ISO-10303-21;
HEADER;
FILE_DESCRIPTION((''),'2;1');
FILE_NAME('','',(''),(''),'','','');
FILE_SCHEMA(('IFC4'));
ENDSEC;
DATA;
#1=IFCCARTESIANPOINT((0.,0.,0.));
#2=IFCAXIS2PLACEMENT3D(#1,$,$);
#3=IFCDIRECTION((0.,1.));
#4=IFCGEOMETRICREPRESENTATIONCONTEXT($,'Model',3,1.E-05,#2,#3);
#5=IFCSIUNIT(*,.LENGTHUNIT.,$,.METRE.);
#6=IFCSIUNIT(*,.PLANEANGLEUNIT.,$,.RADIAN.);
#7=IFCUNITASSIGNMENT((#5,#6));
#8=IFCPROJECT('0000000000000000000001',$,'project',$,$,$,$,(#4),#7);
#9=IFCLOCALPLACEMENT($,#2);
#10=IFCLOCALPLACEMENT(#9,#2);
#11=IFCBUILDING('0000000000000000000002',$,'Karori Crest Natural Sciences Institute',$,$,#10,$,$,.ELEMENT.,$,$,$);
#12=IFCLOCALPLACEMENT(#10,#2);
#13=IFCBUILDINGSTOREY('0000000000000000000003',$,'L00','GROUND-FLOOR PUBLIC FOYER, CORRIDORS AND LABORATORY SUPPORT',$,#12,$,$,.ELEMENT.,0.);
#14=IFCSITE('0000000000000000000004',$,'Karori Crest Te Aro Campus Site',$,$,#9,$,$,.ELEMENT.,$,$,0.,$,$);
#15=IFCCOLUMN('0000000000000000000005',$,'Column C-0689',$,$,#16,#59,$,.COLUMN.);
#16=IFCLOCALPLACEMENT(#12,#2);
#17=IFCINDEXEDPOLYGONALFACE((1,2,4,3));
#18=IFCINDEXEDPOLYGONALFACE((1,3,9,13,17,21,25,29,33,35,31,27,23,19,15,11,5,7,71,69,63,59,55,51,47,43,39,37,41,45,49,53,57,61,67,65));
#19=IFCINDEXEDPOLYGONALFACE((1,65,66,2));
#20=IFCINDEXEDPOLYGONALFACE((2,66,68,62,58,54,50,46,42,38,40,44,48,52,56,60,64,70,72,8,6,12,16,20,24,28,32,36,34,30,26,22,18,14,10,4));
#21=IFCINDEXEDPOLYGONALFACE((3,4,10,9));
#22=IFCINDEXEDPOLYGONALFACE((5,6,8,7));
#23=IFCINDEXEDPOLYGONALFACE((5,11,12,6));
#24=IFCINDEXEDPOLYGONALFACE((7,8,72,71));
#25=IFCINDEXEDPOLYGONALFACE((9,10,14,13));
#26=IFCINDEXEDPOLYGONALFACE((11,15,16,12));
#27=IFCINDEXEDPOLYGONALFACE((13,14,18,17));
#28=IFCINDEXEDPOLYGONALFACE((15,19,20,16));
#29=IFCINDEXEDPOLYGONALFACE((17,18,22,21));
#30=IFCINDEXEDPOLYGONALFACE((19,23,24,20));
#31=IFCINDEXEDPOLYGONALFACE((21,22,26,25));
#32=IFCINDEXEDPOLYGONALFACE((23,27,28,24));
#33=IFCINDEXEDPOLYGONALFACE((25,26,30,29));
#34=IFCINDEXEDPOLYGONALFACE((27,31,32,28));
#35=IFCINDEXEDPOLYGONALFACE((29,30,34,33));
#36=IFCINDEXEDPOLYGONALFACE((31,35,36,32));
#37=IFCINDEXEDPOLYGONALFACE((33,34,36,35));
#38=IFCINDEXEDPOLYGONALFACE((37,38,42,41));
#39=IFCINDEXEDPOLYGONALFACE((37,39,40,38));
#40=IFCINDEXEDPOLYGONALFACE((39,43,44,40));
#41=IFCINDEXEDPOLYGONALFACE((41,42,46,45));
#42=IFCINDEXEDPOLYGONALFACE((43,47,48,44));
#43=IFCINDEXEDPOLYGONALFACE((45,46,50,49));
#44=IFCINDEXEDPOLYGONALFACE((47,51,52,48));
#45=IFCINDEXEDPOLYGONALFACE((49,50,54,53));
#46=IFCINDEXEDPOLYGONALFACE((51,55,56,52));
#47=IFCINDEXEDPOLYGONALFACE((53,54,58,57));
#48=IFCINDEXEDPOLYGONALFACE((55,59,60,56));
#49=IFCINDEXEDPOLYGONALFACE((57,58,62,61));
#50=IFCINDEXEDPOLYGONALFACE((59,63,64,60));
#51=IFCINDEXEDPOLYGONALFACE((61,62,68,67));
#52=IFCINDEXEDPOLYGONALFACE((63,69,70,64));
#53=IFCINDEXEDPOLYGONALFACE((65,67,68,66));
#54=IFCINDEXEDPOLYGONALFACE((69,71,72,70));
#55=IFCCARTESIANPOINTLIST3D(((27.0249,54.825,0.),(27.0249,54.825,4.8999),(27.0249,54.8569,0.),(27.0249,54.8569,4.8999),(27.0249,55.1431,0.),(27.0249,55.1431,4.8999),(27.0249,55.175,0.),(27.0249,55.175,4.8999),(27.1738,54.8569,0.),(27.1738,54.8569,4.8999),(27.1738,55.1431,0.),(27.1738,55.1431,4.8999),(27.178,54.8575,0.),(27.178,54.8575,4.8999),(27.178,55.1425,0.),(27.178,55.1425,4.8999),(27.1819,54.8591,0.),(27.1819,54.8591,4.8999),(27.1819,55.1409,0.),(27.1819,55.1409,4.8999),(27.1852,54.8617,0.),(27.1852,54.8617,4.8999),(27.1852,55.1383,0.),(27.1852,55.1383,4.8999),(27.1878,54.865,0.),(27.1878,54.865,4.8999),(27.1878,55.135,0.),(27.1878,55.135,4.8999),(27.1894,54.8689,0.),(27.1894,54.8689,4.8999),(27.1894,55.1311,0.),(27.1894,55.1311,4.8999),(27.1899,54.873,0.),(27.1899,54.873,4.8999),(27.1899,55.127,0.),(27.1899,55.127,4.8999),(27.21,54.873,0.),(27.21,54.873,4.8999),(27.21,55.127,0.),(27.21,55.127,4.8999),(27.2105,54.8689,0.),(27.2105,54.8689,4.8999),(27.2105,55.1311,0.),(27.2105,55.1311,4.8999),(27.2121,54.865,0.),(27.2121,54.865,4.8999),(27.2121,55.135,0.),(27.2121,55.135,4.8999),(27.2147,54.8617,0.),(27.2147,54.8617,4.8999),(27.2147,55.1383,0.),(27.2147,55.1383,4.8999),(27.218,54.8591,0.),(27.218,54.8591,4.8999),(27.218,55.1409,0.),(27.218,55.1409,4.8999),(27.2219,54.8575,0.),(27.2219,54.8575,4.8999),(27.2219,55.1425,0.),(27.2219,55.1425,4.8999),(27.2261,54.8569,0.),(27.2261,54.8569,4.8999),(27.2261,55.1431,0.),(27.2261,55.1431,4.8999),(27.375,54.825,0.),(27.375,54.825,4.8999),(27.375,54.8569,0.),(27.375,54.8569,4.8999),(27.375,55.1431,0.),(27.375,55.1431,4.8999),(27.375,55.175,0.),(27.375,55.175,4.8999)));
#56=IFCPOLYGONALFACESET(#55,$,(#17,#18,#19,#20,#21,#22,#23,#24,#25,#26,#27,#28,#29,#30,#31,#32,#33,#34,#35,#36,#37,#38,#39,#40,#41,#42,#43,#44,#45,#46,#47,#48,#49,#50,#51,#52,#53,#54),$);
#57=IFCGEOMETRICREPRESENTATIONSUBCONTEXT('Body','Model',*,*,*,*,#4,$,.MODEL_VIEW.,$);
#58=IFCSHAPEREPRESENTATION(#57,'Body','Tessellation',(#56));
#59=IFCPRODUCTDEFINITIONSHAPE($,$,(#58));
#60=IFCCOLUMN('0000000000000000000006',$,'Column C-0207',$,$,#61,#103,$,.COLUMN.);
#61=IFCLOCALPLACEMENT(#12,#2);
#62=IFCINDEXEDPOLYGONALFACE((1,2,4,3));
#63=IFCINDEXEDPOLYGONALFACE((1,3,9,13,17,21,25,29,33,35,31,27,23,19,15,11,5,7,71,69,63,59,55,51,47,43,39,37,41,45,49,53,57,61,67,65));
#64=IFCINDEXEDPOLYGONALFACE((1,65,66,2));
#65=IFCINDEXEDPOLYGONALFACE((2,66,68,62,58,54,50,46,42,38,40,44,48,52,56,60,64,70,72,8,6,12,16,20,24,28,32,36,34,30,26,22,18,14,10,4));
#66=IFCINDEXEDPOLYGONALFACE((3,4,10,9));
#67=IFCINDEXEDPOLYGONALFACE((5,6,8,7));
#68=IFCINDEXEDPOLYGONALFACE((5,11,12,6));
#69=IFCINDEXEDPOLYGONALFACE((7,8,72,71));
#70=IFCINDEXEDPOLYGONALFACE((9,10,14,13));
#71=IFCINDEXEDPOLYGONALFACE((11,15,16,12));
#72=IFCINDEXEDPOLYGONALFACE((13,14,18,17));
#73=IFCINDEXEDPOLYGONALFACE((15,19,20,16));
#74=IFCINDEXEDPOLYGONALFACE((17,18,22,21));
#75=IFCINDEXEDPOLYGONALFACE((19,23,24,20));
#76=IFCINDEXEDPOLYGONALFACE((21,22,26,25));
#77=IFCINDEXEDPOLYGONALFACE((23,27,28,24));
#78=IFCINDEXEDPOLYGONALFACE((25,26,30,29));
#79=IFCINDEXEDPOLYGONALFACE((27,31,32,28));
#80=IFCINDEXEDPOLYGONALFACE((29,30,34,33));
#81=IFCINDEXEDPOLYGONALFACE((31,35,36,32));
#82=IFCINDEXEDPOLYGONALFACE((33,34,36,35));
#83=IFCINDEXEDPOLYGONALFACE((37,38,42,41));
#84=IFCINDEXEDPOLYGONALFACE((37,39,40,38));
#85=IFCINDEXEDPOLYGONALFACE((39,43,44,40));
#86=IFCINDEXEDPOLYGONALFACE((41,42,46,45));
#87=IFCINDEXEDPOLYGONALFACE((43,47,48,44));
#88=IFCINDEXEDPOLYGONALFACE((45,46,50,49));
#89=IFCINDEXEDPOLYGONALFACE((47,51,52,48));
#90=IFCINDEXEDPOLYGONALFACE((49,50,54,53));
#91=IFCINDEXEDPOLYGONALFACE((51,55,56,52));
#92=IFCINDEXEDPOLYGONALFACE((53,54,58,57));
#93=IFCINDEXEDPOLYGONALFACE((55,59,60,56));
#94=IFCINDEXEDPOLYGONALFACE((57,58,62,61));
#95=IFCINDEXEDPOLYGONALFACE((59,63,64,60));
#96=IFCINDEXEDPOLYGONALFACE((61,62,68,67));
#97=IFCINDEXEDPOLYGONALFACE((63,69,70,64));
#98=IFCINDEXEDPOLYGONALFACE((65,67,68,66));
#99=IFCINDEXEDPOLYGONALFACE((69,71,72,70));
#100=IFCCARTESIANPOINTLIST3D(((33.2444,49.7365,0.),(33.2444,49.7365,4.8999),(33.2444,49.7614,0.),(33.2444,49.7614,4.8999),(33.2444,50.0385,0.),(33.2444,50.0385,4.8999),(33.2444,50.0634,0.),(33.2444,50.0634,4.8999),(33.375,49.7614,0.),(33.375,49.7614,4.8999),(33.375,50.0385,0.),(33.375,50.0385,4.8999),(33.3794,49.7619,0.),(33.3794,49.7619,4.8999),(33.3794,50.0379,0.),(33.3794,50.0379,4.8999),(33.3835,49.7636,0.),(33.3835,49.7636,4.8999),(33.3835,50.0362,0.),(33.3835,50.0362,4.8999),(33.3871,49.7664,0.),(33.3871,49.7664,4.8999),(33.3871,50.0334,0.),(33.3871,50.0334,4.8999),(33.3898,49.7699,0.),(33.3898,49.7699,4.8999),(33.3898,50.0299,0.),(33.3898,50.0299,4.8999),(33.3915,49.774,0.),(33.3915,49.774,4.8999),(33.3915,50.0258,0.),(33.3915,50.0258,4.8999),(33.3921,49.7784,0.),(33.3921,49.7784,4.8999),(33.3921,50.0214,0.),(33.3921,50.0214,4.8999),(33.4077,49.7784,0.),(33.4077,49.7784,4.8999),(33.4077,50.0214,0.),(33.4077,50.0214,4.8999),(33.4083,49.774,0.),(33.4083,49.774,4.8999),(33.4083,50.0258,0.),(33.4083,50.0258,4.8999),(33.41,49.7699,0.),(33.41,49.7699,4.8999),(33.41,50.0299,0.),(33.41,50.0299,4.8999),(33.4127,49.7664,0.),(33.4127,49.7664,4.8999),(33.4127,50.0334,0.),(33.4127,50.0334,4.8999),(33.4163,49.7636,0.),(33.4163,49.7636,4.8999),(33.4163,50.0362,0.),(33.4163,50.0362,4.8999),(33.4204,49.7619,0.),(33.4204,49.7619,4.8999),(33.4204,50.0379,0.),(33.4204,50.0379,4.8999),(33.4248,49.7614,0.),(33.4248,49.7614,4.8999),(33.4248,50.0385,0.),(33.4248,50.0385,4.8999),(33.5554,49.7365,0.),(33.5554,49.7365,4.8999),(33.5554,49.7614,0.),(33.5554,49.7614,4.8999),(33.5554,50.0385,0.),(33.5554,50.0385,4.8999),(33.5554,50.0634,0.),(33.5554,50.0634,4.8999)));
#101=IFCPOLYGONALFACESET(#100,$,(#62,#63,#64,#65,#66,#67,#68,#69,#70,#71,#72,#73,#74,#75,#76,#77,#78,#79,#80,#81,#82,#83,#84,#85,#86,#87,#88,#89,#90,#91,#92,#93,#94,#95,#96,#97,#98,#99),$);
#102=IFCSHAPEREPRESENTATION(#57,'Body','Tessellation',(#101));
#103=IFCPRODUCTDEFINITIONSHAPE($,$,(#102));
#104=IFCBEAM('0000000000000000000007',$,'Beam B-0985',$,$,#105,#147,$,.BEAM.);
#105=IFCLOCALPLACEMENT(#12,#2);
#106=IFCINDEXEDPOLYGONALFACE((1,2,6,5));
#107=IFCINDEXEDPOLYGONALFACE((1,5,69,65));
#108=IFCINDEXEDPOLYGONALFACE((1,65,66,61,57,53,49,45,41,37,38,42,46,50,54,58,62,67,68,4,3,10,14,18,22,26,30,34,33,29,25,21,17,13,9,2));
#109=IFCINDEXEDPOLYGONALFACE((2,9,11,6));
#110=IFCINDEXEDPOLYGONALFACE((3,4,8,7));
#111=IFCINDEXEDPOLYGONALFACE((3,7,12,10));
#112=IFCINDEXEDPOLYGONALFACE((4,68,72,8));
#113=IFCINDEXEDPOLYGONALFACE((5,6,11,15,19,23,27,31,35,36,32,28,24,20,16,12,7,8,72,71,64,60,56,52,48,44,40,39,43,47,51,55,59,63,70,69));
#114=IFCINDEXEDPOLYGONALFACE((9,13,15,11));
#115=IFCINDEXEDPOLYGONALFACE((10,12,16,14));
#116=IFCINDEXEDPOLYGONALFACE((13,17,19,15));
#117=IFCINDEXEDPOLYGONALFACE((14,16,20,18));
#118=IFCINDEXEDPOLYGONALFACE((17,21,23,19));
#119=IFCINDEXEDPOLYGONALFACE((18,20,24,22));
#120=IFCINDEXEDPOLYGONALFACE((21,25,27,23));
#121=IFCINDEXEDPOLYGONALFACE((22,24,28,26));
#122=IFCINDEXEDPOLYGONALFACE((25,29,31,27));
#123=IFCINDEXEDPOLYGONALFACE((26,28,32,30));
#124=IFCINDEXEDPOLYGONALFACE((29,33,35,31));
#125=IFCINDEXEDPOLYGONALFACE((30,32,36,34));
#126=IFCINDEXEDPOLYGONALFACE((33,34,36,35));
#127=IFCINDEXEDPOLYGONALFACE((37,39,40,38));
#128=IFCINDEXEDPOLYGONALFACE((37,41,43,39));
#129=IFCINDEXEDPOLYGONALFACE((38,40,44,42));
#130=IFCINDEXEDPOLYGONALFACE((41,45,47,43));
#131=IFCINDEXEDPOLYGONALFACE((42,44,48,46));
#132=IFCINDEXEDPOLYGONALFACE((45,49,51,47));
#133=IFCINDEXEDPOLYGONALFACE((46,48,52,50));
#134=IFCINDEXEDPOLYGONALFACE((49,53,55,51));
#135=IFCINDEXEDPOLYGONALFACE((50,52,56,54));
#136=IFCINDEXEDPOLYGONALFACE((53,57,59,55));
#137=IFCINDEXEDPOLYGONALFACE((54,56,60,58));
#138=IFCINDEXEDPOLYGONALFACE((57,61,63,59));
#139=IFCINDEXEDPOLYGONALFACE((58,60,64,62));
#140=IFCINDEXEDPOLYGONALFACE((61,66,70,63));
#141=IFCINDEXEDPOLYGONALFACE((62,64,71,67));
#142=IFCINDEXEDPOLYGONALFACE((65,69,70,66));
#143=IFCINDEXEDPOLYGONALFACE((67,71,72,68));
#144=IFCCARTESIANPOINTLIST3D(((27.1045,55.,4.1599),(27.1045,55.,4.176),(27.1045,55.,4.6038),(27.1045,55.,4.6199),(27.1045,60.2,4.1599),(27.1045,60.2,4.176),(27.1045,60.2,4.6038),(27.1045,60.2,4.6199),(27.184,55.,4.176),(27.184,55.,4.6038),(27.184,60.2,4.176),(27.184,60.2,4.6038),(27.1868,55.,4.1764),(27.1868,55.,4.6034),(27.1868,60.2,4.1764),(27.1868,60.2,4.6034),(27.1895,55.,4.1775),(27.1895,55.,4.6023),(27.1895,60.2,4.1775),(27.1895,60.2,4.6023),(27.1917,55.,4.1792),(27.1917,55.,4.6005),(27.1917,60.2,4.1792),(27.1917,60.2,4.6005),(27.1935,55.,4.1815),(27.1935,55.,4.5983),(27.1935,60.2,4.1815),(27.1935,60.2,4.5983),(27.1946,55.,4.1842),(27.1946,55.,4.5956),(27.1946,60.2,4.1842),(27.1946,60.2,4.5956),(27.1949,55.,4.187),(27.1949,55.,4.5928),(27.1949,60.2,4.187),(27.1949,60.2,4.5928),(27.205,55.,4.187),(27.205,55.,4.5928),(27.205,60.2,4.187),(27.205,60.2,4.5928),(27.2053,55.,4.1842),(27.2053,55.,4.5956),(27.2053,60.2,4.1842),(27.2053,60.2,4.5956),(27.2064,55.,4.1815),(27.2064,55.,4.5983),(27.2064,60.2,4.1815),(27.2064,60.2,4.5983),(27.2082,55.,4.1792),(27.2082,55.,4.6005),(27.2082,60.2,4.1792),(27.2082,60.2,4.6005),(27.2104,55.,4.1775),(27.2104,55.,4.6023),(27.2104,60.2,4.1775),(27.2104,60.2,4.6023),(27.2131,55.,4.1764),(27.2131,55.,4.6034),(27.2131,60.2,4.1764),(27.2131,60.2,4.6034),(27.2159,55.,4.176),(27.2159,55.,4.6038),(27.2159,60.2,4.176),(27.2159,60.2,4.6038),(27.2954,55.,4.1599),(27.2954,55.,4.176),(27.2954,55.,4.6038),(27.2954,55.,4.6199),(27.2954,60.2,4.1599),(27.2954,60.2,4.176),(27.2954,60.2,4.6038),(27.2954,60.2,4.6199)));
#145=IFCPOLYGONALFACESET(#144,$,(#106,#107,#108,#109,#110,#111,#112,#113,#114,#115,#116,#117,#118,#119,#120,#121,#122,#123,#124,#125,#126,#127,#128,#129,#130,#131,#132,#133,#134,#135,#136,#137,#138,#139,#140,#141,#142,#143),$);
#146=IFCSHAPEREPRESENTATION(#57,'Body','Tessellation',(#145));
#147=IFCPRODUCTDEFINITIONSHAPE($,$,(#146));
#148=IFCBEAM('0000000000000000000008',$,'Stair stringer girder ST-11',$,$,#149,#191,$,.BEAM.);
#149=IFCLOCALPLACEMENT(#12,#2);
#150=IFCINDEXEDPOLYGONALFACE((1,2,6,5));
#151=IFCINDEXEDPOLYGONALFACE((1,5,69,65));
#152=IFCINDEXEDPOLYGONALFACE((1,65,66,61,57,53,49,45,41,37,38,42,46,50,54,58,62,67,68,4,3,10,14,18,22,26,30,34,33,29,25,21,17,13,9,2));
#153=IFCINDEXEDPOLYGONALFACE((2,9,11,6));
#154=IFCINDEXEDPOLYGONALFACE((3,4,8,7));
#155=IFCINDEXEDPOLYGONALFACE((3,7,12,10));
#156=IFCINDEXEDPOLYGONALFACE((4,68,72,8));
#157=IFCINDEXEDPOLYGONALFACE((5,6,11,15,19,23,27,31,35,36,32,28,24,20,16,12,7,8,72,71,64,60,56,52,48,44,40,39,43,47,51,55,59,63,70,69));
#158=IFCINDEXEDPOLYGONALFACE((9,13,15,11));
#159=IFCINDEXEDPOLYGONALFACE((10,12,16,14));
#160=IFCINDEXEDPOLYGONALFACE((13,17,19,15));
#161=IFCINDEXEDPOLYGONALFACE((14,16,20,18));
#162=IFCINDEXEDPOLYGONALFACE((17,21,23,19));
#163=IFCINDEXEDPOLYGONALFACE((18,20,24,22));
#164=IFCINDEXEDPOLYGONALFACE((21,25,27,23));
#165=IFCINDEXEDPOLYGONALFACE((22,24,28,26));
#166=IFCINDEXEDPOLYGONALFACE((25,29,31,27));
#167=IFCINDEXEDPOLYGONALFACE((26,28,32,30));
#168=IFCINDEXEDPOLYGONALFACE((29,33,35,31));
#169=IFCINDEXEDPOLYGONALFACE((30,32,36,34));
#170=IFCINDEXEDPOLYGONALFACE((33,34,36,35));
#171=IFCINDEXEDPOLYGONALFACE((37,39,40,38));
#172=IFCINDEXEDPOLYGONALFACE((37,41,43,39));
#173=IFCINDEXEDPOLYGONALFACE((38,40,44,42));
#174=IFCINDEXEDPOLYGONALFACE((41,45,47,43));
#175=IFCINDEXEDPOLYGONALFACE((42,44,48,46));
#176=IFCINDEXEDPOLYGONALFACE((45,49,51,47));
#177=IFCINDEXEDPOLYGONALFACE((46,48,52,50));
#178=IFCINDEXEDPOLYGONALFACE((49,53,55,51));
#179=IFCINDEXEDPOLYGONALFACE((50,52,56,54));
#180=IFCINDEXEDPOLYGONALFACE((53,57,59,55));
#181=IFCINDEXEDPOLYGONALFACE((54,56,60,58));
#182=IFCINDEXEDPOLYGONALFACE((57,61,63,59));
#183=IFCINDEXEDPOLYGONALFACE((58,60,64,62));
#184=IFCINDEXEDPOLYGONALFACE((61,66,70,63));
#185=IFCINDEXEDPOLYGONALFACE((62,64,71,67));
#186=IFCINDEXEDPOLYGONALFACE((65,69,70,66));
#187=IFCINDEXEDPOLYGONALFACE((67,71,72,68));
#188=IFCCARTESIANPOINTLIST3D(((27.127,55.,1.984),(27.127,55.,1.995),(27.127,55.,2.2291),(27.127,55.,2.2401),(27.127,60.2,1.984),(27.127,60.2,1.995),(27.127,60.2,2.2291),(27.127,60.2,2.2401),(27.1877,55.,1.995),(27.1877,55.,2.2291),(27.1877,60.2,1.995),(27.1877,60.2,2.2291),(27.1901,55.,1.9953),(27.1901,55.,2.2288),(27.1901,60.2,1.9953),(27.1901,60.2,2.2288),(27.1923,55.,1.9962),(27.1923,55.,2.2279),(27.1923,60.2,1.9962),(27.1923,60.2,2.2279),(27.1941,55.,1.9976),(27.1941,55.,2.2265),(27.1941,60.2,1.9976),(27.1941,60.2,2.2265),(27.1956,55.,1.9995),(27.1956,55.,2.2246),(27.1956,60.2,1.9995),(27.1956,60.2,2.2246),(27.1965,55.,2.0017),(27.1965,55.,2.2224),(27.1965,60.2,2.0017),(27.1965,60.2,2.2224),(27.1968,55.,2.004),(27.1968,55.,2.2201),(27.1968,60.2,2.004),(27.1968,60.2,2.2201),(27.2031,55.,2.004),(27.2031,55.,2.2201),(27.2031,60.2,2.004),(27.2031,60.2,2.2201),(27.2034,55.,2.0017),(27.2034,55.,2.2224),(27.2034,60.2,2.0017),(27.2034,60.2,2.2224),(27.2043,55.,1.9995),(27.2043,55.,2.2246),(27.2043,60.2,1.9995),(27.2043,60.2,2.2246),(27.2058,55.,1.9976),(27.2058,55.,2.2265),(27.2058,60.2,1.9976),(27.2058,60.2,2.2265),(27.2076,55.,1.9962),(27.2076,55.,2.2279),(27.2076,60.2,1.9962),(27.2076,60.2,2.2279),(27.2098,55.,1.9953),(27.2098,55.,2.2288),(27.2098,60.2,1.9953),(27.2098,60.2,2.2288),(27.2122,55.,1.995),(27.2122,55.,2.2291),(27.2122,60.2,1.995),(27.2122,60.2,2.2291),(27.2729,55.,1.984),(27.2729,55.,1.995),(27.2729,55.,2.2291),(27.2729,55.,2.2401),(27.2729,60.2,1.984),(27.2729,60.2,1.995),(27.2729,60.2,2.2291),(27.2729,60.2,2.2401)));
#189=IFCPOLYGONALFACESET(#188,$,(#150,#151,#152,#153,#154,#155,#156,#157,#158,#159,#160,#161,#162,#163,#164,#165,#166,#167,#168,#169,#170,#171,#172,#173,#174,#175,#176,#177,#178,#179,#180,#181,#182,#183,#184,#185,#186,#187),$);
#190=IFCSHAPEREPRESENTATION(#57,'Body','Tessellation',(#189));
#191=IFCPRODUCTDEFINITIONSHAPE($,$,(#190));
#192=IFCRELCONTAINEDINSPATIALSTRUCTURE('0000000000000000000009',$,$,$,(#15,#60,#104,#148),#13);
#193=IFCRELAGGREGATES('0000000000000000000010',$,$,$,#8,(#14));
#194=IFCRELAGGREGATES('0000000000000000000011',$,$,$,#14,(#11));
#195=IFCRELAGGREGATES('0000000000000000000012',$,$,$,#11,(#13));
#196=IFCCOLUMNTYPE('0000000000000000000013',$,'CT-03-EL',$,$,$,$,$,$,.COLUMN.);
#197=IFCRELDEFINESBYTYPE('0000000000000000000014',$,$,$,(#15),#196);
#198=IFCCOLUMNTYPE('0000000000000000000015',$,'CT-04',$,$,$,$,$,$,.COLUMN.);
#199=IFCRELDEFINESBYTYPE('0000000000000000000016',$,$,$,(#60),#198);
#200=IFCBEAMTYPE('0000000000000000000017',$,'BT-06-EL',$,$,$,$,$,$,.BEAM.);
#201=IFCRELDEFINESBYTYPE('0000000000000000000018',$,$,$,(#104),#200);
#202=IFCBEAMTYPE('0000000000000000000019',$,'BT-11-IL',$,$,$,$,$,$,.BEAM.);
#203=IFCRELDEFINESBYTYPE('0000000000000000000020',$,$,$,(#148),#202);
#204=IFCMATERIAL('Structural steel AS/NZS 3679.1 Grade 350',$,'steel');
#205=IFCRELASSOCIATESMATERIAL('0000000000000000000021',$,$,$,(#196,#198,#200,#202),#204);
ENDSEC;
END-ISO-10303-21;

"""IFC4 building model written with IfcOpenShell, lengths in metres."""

from ifc_helpers import new_model, si_unit, direction, frame, origin, origin_2d, place, context, subcontext, project, spatial, i_section, extrude, material, material_profile, profile_set, type_object, element, save


model = new_model("IFC4")

# Units and contexts
model_context = context("Model", 3, precision=1e-05, world=origin(), true_north=direction((0.0, 1.0)))
body_context = subcontext(model_context, "Body", "Model", "MODEL_VIEW")
ifc_project = project(units=[si_unit("LENGTHUNIT", "METRE"), si_unit("PLANEANGLEUNIT", "RADIAN")], contexts=[model_context])

# Site, building, storey
site_placement = place(None, origin())
site = spatial("IfcSite", under=ifc_project, at=site_placement, Name="Karori Crest Te Aro Campus Site", CompositionType="ELEMENT", RefElevation=0.0)
building_placement = place(site_placement, origin())
building = spatial("IfcBuilding", under=site, at=building_placement, Name="Karori Crest Natural Sciences Institute", CompositionType="ELEMENT")
storey_placement = place(building_placement, origin())
storey = spatial("IfcBuildingStorey", under=building, at=storey_placement, Name="L00", Description="GROUND-FLOOR PUBLIC FOYER, CORRIDORS AND LABORATORY SUPPORT", CompositionType="ELEMENT", Elevation=0.0)

# Columns
ifc_material_1 = material(Name="Structural steel AS/NZS 3679.1 Grade 350", Category="steel")
ifc_material_profile_1 = material_profile(ifc_material_1, i_section(OverallWidth=0.3501, OverallDepth=0.3501, WebThickness=0.02, FlangeThickness=0.032, FilletRadius=0.0161, at=origin_2d()), Name="350WC280")
ifc_profile_set_1 = profile_set([ifc_material_profile_1], Name="Structural steel AS/NZS 3679.1 Grade 350")
column_type_1 = type_object("IfcColumnType", Name="CT-03-EL", PredefinedType="COLUMN", material=ifc_profile_set_1)
column_1_placement = place(storey_placement, frame((27.2, 55.0, 0.0), z_axis=(0.0, 0.0, 1.0), x_axis=(1.0, 0.0, 0.0)))
element("IfcColumn", 1, at=column_1_placement, inside=storey, type_object=column_type_1, Name="Column C-0689", PredefinedType="COLUMN", context=body_context, shape_type="SweptSolid", body=[
    extrude(i_section(OverallWidth=0.3501, OverallDepth=0.3501, WebThickness=0.02, FlangeThickness=0.032, FilletRadius=0.0161, at=origin_2d()), origin(), (0.0, 0.0, 1.0), 4.8999),
])
ifc_material_profile_2 = material_profile(ifc_material_1, i_section(OverallWidth=0.311, OverallDepth=0.3269, WebThickness=0.0156, FlangeThickness=0.0249, FilletRadius=0.0171, at=origin_2d()), Name="310UC158")
ifc_profile_set_2 = profile_set([ifc_material_profile_2], Name="Structural steel AS/NZS 3679.1 Grade 350")
column_type_2 = type_object("IfcColumnType", Name="CT-04", PredefinedType="COLUMN", material=ifc_profile_set_2)
column_2_placement = place(storey_placement, frame((33.3999, 49.8999, 0.0), z_axis=(0.0, 0.0, 1.0), x_axis=(1.0, 0.0, 0.0)))
element("IfcColumn", 2, at=column_2_placement, inside=storey, type_object=column_type_2, Name="Column C-0207", PredefinedType="COLUMN", context=body_context, shape_type="SweptSolid", body=[
    extrude(i_section(OverallWidth=0.311, OverallDepth=0.3269, WebThickness=0.0156, FlangeThickness=0.0249, FilletRadius=0.0171, at=origin_2d()), origin(), (0.0, 0.0, 1.0), 4.8999),
])

# Beams
ifc_material_profile_3 = material_profile(ifc_material_1, i_section(OverallWidth=0.1909, OverallDepth=0.46, WebThickness=0.01, FlangeThickness=0.0161, FilletRadius=0.011, at=origin_2d()), Name="460UB82.1")
ifc_profile_set_3 = profile_set([ifc_material_profile_3], Name="Structural steel AS/NZS 3679.1 Grade 350")
beam_type_1 = type_object("IfcBeamType", Name="BT-06-EL", PredefinedType="BEAM", material=ifc_profile_set_3)
beam_1_placement = place(storey_placement, frame((27.2, 55.0, 4.3899), z_axis=(0.0, 1.0, 0.0), x_axis=(-1.0, 0.0, 0.0)))
element("IfcBeam", 3, at=beam_1_placement, inside=storey, type_object=beam_type_1, Name="Beam B-0985", PredefinedType="BEAM", context=body_context, shape_type="SweptSolid", body=[
    extrude(i_section(OverallWidth=0.1909, OverallDepth=0.46, WebThickness=0.01, FlangeThickness=0.0161, FilletRadius=0.011, at=origin_2d()), origin(), (0.0, 0.0, 1.0), 5.2),
])
ifc_material_profile_4 = material_profile(ifc_material_1, i_section(OverallWidth=0.146, OverallDepth=0.2561, WebThickness=0.0063, FlangeThickness=0.011, FilletRadius=0.009, at=origin_2d()), Name="250UB37.3")
ifc_profile_set_4 = profile_set([ifc_material_profile_4], Name="Structural steel AS/NZS 3679.1 Grade 350")
beam_type_2 = type_object("IfcBeamType", Name="BT-11-IL", PredefinedType="BEAM", material=ifc_profile_set_4)
beam_2_placement = place(storey_placement, frame((27.2, 55.0, 2.1121), z_axis=(0.0, 1.0, 0.0), x_axis=(-1.0, 0.0, 0.0)))
element("IfcBeam", 4, at=beam_2_placement, inside=storey, type_object=beam_type_2, Name="Stair stringer girder ST-11", PredefinedType="BEAM", context=body_context, shape_type="SweptSolid", body=[
    extrude(i_section(OverallWidth=0.146, OverallDepth=0.2561, WebThickness=0.0063, FlangeThickness=0.011, FilletRadius=0.009, at=origin_2d()), origin(), (0.0, 0.0, 1.0), 5.2),
])

save(model, "model.ifc")
